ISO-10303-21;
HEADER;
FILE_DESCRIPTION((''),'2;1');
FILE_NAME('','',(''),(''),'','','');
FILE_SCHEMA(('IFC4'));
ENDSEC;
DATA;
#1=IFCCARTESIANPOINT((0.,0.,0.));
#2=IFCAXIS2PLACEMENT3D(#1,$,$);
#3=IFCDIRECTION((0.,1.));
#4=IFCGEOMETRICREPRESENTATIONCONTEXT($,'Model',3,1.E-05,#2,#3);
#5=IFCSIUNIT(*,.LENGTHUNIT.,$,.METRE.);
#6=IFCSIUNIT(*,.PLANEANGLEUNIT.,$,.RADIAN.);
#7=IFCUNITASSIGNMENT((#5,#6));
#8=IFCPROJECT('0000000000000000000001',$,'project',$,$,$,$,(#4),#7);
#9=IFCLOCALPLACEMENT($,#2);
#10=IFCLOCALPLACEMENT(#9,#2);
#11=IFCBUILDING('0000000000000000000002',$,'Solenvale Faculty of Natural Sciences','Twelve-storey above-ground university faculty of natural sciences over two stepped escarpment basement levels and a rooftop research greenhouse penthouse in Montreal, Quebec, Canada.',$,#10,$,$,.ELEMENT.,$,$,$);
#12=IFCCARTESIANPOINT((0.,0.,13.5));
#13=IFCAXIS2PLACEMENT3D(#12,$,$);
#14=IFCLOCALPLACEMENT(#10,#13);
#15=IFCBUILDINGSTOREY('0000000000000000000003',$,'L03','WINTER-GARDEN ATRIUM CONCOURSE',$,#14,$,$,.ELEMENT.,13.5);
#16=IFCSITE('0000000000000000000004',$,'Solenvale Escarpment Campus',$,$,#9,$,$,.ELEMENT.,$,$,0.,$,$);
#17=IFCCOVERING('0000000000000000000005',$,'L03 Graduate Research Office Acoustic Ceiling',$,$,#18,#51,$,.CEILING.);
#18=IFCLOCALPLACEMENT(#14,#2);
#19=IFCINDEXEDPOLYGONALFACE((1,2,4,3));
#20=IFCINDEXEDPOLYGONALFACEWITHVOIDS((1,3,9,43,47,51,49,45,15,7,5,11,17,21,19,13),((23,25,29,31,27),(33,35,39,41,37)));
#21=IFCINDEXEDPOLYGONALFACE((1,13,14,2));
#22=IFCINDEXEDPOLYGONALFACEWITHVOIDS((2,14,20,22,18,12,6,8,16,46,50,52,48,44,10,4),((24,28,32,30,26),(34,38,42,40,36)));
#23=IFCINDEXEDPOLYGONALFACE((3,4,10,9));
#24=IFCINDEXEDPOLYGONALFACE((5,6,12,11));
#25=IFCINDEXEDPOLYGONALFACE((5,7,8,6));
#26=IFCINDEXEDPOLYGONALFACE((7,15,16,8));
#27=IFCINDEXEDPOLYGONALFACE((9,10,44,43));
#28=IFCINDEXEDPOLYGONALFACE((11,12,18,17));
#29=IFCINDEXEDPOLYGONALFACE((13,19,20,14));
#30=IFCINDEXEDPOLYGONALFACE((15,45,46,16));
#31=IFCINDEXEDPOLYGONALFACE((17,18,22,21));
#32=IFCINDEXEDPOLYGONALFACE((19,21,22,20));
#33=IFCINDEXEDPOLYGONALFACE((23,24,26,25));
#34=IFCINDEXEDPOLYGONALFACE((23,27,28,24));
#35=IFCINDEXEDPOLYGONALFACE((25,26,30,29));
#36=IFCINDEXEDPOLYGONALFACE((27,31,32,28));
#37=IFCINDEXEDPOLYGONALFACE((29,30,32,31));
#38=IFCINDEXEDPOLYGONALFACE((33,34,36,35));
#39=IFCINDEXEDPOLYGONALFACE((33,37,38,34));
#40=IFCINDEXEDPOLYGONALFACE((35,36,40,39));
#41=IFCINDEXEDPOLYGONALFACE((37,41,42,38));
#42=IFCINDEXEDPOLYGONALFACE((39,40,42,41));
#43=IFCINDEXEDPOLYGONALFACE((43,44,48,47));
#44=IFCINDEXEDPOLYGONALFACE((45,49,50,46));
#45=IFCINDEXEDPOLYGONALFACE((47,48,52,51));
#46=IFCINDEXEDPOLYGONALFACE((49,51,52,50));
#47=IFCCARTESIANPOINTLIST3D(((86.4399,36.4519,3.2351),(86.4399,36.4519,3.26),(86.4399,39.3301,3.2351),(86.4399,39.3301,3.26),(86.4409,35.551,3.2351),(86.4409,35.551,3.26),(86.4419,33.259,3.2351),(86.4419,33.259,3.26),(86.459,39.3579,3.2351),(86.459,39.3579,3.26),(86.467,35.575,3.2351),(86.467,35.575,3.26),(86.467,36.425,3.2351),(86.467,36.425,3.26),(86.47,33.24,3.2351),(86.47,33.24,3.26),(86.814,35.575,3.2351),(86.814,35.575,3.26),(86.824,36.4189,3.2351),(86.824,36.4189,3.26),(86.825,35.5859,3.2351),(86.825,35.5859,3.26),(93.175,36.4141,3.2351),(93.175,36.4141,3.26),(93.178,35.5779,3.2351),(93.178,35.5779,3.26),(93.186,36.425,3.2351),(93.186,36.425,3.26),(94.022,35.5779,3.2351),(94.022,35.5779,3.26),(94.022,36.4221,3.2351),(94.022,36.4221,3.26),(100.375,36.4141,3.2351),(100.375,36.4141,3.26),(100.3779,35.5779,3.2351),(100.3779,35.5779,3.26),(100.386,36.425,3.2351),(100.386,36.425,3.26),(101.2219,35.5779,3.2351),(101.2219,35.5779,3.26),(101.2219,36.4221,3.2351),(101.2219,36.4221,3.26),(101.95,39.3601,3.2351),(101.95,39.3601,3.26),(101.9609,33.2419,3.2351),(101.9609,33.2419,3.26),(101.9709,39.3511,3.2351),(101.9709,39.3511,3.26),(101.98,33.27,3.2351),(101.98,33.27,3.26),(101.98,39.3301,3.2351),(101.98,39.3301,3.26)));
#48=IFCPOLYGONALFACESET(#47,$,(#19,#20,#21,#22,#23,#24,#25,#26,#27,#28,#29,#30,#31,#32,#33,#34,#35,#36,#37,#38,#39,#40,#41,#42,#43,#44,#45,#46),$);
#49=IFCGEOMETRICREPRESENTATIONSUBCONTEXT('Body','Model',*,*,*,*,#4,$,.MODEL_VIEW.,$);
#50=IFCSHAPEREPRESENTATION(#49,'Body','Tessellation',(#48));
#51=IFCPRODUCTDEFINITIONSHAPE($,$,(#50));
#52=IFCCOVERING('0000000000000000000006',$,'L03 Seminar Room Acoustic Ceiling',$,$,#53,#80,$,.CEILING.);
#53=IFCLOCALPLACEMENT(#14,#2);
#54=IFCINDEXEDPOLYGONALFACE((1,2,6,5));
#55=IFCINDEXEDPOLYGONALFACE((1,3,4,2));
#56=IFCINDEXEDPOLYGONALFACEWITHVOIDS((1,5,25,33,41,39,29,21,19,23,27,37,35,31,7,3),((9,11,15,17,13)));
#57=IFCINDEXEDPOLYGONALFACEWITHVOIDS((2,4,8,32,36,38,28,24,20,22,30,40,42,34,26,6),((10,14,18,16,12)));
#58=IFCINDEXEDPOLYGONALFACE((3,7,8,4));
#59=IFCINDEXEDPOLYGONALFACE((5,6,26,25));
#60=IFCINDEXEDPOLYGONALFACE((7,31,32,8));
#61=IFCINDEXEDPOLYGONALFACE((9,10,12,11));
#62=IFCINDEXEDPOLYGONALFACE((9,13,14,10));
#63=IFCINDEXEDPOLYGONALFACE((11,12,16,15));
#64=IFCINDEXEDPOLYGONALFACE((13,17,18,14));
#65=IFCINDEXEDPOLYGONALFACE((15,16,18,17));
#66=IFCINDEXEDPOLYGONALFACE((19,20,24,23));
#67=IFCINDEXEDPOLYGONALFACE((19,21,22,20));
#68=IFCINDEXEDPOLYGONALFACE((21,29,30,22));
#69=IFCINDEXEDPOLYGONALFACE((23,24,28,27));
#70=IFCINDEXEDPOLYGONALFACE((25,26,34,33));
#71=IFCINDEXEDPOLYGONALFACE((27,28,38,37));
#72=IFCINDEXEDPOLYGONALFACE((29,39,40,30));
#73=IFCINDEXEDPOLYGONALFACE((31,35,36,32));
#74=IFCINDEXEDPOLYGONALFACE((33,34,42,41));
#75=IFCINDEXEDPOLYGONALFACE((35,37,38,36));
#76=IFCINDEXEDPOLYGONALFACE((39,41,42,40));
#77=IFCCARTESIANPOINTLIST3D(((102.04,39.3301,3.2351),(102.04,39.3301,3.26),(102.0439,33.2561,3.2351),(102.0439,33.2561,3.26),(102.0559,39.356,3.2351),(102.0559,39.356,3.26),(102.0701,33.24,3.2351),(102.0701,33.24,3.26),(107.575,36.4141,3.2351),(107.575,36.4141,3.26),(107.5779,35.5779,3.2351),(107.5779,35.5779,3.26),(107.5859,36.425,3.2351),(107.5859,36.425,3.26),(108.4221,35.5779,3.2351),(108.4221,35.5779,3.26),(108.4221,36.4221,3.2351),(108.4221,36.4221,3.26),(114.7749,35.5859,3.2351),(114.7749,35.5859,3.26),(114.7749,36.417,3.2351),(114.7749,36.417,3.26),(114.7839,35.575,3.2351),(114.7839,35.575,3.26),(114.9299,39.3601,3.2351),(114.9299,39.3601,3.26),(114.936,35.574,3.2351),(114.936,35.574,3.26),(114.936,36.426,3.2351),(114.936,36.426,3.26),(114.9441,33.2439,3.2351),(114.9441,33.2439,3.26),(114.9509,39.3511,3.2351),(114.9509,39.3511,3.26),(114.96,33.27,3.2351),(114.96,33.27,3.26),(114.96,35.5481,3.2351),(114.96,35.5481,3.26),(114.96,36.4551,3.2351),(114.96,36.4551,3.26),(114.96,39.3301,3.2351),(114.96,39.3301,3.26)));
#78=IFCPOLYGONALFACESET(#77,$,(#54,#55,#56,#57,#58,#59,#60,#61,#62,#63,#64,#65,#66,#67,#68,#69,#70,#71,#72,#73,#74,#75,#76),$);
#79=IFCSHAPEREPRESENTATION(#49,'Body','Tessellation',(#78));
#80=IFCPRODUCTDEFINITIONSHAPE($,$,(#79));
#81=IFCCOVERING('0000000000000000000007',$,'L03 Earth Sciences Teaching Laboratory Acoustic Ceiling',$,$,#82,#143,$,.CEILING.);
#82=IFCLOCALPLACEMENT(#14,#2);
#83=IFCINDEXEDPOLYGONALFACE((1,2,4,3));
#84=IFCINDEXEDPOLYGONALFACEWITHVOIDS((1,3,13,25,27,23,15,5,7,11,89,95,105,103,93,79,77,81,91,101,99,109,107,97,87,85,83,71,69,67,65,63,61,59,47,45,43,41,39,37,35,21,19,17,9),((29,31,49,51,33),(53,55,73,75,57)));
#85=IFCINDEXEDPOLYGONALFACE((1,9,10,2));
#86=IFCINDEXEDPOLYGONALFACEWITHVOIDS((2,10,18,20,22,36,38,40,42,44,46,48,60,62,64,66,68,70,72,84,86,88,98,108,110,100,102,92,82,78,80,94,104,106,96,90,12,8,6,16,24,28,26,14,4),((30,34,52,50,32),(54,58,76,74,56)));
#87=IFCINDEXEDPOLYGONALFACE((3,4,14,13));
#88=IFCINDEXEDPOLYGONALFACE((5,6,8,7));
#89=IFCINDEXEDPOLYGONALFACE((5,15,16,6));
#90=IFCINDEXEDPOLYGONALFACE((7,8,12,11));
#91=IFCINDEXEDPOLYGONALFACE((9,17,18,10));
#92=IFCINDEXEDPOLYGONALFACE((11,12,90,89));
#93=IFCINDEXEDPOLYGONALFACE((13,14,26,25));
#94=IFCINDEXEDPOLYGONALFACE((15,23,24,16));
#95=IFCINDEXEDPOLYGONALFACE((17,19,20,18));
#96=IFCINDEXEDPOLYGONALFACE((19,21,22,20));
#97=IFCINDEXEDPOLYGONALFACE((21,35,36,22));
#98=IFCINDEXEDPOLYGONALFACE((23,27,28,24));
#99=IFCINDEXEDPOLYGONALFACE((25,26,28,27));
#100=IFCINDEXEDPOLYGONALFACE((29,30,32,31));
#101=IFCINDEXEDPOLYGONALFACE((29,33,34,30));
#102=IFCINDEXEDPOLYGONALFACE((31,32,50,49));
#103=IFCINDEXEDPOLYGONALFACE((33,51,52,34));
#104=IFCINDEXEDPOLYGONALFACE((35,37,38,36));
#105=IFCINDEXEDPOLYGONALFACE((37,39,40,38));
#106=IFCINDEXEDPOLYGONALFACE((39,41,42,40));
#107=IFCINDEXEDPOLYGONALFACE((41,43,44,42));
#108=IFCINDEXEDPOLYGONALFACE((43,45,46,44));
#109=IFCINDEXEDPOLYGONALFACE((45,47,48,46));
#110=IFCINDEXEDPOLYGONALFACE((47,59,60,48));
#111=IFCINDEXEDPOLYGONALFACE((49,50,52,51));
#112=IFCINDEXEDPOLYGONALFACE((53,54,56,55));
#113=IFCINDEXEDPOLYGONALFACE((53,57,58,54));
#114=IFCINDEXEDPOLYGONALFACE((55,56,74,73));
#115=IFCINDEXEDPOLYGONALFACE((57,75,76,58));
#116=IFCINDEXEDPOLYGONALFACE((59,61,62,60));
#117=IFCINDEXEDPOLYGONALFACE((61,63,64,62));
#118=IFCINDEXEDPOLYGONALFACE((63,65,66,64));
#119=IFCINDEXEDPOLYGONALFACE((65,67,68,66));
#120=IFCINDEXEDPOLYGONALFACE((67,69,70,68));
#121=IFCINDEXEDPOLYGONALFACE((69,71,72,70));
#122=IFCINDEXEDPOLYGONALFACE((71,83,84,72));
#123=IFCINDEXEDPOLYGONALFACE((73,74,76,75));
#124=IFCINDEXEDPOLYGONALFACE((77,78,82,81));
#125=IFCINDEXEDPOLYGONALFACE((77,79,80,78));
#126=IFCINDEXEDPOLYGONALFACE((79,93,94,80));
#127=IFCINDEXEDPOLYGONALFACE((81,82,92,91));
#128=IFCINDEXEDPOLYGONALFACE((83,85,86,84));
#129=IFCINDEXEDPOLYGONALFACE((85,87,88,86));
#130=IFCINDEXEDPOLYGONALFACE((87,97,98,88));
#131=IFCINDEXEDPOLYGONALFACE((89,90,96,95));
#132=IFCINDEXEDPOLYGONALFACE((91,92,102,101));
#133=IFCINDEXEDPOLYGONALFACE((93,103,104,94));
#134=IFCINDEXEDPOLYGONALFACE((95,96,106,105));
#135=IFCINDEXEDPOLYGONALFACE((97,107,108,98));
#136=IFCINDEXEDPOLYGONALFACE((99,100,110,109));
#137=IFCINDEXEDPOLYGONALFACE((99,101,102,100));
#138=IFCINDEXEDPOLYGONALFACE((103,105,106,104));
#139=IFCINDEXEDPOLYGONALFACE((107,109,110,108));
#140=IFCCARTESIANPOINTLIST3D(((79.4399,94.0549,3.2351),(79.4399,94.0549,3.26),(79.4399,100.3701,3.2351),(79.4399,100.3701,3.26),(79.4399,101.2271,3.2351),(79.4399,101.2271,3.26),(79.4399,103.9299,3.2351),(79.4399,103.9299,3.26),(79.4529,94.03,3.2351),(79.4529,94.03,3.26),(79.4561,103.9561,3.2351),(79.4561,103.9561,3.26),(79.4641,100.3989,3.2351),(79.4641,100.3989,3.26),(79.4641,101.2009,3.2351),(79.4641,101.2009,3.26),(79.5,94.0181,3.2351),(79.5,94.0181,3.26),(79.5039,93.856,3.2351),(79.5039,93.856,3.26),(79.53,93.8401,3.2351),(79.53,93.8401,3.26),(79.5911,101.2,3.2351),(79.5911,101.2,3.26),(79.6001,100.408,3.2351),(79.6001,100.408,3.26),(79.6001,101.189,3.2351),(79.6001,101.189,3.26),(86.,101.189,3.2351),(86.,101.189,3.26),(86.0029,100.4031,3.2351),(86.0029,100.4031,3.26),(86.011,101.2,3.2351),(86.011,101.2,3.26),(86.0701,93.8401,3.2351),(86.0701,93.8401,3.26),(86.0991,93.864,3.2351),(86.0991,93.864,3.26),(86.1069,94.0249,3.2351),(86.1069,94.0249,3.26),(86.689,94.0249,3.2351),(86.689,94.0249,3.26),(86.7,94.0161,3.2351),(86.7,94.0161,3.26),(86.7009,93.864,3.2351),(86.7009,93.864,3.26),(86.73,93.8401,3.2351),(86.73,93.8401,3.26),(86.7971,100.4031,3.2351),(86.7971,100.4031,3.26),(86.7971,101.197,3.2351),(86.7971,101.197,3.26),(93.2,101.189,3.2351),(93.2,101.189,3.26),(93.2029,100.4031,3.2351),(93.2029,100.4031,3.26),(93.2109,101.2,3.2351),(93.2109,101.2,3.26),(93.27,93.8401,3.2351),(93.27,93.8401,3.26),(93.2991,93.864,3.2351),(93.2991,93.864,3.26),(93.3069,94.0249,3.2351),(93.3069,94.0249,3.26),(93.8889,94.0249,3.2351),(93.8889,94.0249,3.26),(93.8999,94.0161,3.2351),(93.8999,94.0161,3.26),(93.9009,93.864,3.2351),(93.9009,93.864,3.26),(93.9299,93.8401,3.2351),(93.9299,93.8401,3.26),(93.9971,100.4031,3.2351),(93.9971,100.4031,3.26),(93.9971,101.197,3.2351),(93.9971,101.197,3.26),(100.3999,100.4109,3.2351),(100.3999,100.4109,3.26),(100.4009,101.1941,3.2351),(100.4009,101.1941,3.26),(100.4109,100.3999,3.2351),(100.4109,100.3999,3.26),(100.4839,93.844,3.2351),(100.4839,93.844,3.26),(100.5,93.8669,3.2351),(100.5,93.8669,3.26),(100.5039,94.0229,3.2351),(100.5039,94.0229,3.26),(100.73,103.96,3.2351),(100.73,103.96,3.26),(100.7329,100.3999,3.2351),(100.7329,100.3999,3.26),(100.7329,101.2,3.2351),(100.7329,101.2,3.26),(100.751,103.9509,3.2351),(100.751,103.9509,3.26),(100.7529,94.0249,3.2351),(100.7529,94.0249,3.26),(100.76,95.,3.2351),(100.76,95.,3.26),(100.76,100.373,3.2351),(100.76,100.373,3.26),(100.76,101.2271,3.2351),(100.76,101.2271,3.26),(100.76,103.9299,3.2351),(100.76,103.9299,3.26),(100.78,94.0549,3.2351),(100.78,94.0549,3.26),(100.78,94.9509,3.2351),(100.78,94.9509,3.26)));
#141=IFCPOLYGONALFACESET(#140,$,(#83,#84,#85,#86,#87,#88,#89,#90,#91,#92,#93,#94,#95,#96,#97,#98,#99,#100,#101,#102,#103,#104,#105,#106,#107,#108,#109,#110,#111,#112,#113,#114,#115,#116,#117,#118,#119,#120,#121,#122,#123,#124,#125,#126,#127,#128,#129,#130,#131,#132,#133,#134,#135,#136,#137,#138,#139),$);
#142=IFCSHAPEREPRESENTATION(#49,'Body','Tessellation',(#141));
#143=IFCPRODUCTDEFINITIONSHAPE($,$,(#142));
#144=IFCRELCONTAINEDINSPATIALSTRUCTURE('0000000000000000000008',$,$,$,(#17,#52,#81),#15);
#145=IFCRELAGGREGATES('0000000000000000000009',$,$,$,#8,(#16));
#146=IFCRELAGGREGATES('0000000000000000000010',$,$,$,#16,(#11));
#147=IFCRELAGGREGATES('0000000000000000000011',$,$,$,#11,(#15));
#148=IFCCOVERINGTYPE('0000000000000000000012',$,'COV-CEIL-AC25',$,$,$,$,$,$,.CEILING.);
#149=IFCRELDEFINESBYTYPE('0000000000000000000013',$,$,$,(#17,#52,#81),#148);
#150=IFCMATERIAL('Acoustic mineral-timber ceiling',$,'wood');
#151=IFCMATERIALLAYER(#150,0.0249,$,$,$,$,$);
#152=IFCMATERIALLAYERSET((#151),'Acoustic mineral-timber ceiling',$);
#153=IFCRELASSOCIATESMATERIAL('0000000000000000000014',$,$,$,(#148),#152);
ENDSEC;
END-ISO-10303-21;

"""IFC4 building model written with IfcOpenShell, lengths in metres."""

from ifc_helpers import new_model, si_unit, direction, frame, origin, place, context, subcontext, project, spatial, polyline, outline, extrude, material, layer, layer_set, type_object, element, save


model = new_model("IFC4")

# Units and contexts
model_context = context("Model", 3, precision=1e-05, world=origin(), true_north=direction((0.0, 1.0)))
body_context = subcontext(model_context, "Body", "Model", "MODEL_VIEW")
ifc_project = project(units=[si_unit("LENGTHUNIT", "METRE"), si_unit("PLANEANGLEUNIT", "RADIAN")], contexts=[model_context])

# Site, building, storey
site_placement = place(None, origin())
site = spatial("IfcSite", under=ifc_project, at=site_placement, Name="Solenvale Escarpment Campus", CompositionType="ELEMENT", RefElevation=0.0)
building_placement = place(site_placement, origin())
building = spatial("IfcBuilding", under=site, at=building_placement, Name="Solenvale Faculty of Natural Sciences", Description="Twelve-storey above-ground university faculty of natural sciences over two stepped escarpment basement levels and a rooftop research greenhouse penthouse in Montreal, Quebec, Canada.", CompositionType="ELEMENT")
storey_placement = place(building_placement, frame((0.0, 0.0, 13.5)))
storey = spatial("IfcBuildingStorey", under=building, at=storey_placement, Name="L03", Description="WINTER-GARDEN ATRIUM CONCOURSE", CompositionType="ELEMENT", Elevation=13.5)

# Coverings
ifc_material_1 = material(Name="Acoustic mineral-timber ceiling", Category="wood")
ifc_layer_1 = layer(ifc_material_1, 0.0249)
ifc_layer_set_1 = layer_set([ifc_layer_1], Name="Acoustic mineral-timber ceiling")
covering_type_1 = type_object("IfcCoveringType", Name="COV-CEIL-AC25", PredefinedType="CEILING", material=ifc_layer_set_1)
covering_1_placement = place(storey_placement, frame((0.0, 0.0, 3.2351)))
element("IfcCovering", 1, at=covering_1_placement, inside=storey, type_object=covering_type_1, Name="L03 Graduate Research Office Acoustic Ceiling", PredefinedType="CEILING", context=body_context, shape_type="SweptSolid", body=[
    extrude(outline(polyline([(101.95, 39.3601), (101.9709, 39.3511), (101.98, 39.3301), (101.98, 33.27), (101.9609, 33.2419), (86.47, 33.24), (86.4419, 33.259), (86.4409, 35.551), (86.467, 35.575), (86.814, 35.575), (86.825, 35.5859), (86.824, 36.4189), (86.467, 36.425), (86.4399, 36.4519), (86.4399, 39.3301), (86.459, 39.3579), (101.95, 39.3601)]), holes=[polyline([(100.386, 36.425), (100.375, 36.4141), (100.3779, 35.5779), (101.2219, 35.5779), (101.2219, 36.4221), (100.386, 36.425)]), polyline([(93.186, 36.425), (93.175, 36.4141), (93.178, 35.5779), (94.022, 35.5779), (94.022, 36.4221), (93.186, 36.425)])]), origin(), (0.0, 0.0, 1.0), 0.0249),
])
covering_2_placement = place(storey_placement, frame((0.0, 0.0, 3.2351)))
element("IfcCovering", 2, at=covering_2_placement, inside=storey, type_object=covering_type_1, Name="L03 Seminar Room Acoustic Ceiling", PredefinedType="CEILING", context=body_context, shape_type="SweptSolid", body=[
    extrude(outline(polyline([(114.9299, 39.3601), (114.9509, 39.3511), (114.96, 39.3301), (114.96, 36.4551), (114.936, 36.426), (114.7749, 36.417), (114.7749, 35.5859), (114.7839, 35.575), (114.936, 35.574), (114.96, 35.5481), (114.96, 33.27), (114.9441, 33.2439), (102.0701, 33.24), (102.0439, 33.2561), (102.04, 39.3301), (102.0559, 39.356), (114.9299, 39.3601)]), holes=[polyline([(107.5859, 36.425), (107.575, 36.4141), (107.5779, 35.5779), (108.4221, 35.5779), (108.4221, 36.4221), (107.5859, 36.425)])]), origin(), (0.0, 0.0, 1.0), 0.0249),
])
covering_3_placement = place(storey_placement, frame((0.0, 0.0, 3.2351)))
element("IfcCovering", 3, at=covering_3_placement, inside=storey, type_object=covering_type_1, Name="L03 Earth Sciences Teaching Laboratory Acoustic Ceiling", PredefinedType="CEILING", context=body_context, shape_type="SweptSolid", body=[
    extrude(outline(polyline([(100.73, 103.96), (100.751, 103.9509), (100.76, 103.9299), (100.76, 101.2271), (100.7329, 101.2), (100.4009, 101.1941), (100.3999, 100.4109), (100.4109, 100.3999), (100.7329, 100.3999), (100.76, 100.373), (100.76, 95.0), (100.78, 94.9509), (100.78, 94.0549), (100.7529, 94.0249), (100.5039, 94.0229), (100.5, 93.8669), (100.4839, 93.844), (93.9299, 93.8401), (93.9009, 93.864), (93.8999, 94.0161), (93.8889, 94.0249), (93.3069, 94.0249), (93.2991, 93.864), (93.27, 93.8401), (86.73, 93.8401), (86.7009, 93.864), (86.7, 94.0161), (86.689, 94.0249), (86.1069, 94.0249), (86.0991, 93.864), (86.0701, 93.8401), (79.53, 93.8401), (79.5039, 93.856), (79.5, 94.0181), (79.4529, 94.03), (79.4399, 94.0549), (79.4399, 100.3701), (79.4641, 100.3989), (79.6001, 100.408), (79.6001, 101.189), (79.5911, 101.2), (79.4641, 101.2009), (79.4399, 101.2271), (79.4399, 103.9299), (79.4561, 103.9561), (100.73, 103.96)]), holes=[polyline([(93.2109, 101.2), (93.2, 101.189), (93.2029, 100.4031), (93.9971, 100.4031), (93.9971, 101.197), (93.2109, 101.2)]), polyline([(86.011, 101.2), (86.0, 101.189), (86.0029, 100.4031), (86.7971, 100.4031), (86.7971, 101.197), (86.011, 101.2)])]), origin(), (0.0, 0.0, 1.0), 0.0249),
])

save(model, "model.ifc")
